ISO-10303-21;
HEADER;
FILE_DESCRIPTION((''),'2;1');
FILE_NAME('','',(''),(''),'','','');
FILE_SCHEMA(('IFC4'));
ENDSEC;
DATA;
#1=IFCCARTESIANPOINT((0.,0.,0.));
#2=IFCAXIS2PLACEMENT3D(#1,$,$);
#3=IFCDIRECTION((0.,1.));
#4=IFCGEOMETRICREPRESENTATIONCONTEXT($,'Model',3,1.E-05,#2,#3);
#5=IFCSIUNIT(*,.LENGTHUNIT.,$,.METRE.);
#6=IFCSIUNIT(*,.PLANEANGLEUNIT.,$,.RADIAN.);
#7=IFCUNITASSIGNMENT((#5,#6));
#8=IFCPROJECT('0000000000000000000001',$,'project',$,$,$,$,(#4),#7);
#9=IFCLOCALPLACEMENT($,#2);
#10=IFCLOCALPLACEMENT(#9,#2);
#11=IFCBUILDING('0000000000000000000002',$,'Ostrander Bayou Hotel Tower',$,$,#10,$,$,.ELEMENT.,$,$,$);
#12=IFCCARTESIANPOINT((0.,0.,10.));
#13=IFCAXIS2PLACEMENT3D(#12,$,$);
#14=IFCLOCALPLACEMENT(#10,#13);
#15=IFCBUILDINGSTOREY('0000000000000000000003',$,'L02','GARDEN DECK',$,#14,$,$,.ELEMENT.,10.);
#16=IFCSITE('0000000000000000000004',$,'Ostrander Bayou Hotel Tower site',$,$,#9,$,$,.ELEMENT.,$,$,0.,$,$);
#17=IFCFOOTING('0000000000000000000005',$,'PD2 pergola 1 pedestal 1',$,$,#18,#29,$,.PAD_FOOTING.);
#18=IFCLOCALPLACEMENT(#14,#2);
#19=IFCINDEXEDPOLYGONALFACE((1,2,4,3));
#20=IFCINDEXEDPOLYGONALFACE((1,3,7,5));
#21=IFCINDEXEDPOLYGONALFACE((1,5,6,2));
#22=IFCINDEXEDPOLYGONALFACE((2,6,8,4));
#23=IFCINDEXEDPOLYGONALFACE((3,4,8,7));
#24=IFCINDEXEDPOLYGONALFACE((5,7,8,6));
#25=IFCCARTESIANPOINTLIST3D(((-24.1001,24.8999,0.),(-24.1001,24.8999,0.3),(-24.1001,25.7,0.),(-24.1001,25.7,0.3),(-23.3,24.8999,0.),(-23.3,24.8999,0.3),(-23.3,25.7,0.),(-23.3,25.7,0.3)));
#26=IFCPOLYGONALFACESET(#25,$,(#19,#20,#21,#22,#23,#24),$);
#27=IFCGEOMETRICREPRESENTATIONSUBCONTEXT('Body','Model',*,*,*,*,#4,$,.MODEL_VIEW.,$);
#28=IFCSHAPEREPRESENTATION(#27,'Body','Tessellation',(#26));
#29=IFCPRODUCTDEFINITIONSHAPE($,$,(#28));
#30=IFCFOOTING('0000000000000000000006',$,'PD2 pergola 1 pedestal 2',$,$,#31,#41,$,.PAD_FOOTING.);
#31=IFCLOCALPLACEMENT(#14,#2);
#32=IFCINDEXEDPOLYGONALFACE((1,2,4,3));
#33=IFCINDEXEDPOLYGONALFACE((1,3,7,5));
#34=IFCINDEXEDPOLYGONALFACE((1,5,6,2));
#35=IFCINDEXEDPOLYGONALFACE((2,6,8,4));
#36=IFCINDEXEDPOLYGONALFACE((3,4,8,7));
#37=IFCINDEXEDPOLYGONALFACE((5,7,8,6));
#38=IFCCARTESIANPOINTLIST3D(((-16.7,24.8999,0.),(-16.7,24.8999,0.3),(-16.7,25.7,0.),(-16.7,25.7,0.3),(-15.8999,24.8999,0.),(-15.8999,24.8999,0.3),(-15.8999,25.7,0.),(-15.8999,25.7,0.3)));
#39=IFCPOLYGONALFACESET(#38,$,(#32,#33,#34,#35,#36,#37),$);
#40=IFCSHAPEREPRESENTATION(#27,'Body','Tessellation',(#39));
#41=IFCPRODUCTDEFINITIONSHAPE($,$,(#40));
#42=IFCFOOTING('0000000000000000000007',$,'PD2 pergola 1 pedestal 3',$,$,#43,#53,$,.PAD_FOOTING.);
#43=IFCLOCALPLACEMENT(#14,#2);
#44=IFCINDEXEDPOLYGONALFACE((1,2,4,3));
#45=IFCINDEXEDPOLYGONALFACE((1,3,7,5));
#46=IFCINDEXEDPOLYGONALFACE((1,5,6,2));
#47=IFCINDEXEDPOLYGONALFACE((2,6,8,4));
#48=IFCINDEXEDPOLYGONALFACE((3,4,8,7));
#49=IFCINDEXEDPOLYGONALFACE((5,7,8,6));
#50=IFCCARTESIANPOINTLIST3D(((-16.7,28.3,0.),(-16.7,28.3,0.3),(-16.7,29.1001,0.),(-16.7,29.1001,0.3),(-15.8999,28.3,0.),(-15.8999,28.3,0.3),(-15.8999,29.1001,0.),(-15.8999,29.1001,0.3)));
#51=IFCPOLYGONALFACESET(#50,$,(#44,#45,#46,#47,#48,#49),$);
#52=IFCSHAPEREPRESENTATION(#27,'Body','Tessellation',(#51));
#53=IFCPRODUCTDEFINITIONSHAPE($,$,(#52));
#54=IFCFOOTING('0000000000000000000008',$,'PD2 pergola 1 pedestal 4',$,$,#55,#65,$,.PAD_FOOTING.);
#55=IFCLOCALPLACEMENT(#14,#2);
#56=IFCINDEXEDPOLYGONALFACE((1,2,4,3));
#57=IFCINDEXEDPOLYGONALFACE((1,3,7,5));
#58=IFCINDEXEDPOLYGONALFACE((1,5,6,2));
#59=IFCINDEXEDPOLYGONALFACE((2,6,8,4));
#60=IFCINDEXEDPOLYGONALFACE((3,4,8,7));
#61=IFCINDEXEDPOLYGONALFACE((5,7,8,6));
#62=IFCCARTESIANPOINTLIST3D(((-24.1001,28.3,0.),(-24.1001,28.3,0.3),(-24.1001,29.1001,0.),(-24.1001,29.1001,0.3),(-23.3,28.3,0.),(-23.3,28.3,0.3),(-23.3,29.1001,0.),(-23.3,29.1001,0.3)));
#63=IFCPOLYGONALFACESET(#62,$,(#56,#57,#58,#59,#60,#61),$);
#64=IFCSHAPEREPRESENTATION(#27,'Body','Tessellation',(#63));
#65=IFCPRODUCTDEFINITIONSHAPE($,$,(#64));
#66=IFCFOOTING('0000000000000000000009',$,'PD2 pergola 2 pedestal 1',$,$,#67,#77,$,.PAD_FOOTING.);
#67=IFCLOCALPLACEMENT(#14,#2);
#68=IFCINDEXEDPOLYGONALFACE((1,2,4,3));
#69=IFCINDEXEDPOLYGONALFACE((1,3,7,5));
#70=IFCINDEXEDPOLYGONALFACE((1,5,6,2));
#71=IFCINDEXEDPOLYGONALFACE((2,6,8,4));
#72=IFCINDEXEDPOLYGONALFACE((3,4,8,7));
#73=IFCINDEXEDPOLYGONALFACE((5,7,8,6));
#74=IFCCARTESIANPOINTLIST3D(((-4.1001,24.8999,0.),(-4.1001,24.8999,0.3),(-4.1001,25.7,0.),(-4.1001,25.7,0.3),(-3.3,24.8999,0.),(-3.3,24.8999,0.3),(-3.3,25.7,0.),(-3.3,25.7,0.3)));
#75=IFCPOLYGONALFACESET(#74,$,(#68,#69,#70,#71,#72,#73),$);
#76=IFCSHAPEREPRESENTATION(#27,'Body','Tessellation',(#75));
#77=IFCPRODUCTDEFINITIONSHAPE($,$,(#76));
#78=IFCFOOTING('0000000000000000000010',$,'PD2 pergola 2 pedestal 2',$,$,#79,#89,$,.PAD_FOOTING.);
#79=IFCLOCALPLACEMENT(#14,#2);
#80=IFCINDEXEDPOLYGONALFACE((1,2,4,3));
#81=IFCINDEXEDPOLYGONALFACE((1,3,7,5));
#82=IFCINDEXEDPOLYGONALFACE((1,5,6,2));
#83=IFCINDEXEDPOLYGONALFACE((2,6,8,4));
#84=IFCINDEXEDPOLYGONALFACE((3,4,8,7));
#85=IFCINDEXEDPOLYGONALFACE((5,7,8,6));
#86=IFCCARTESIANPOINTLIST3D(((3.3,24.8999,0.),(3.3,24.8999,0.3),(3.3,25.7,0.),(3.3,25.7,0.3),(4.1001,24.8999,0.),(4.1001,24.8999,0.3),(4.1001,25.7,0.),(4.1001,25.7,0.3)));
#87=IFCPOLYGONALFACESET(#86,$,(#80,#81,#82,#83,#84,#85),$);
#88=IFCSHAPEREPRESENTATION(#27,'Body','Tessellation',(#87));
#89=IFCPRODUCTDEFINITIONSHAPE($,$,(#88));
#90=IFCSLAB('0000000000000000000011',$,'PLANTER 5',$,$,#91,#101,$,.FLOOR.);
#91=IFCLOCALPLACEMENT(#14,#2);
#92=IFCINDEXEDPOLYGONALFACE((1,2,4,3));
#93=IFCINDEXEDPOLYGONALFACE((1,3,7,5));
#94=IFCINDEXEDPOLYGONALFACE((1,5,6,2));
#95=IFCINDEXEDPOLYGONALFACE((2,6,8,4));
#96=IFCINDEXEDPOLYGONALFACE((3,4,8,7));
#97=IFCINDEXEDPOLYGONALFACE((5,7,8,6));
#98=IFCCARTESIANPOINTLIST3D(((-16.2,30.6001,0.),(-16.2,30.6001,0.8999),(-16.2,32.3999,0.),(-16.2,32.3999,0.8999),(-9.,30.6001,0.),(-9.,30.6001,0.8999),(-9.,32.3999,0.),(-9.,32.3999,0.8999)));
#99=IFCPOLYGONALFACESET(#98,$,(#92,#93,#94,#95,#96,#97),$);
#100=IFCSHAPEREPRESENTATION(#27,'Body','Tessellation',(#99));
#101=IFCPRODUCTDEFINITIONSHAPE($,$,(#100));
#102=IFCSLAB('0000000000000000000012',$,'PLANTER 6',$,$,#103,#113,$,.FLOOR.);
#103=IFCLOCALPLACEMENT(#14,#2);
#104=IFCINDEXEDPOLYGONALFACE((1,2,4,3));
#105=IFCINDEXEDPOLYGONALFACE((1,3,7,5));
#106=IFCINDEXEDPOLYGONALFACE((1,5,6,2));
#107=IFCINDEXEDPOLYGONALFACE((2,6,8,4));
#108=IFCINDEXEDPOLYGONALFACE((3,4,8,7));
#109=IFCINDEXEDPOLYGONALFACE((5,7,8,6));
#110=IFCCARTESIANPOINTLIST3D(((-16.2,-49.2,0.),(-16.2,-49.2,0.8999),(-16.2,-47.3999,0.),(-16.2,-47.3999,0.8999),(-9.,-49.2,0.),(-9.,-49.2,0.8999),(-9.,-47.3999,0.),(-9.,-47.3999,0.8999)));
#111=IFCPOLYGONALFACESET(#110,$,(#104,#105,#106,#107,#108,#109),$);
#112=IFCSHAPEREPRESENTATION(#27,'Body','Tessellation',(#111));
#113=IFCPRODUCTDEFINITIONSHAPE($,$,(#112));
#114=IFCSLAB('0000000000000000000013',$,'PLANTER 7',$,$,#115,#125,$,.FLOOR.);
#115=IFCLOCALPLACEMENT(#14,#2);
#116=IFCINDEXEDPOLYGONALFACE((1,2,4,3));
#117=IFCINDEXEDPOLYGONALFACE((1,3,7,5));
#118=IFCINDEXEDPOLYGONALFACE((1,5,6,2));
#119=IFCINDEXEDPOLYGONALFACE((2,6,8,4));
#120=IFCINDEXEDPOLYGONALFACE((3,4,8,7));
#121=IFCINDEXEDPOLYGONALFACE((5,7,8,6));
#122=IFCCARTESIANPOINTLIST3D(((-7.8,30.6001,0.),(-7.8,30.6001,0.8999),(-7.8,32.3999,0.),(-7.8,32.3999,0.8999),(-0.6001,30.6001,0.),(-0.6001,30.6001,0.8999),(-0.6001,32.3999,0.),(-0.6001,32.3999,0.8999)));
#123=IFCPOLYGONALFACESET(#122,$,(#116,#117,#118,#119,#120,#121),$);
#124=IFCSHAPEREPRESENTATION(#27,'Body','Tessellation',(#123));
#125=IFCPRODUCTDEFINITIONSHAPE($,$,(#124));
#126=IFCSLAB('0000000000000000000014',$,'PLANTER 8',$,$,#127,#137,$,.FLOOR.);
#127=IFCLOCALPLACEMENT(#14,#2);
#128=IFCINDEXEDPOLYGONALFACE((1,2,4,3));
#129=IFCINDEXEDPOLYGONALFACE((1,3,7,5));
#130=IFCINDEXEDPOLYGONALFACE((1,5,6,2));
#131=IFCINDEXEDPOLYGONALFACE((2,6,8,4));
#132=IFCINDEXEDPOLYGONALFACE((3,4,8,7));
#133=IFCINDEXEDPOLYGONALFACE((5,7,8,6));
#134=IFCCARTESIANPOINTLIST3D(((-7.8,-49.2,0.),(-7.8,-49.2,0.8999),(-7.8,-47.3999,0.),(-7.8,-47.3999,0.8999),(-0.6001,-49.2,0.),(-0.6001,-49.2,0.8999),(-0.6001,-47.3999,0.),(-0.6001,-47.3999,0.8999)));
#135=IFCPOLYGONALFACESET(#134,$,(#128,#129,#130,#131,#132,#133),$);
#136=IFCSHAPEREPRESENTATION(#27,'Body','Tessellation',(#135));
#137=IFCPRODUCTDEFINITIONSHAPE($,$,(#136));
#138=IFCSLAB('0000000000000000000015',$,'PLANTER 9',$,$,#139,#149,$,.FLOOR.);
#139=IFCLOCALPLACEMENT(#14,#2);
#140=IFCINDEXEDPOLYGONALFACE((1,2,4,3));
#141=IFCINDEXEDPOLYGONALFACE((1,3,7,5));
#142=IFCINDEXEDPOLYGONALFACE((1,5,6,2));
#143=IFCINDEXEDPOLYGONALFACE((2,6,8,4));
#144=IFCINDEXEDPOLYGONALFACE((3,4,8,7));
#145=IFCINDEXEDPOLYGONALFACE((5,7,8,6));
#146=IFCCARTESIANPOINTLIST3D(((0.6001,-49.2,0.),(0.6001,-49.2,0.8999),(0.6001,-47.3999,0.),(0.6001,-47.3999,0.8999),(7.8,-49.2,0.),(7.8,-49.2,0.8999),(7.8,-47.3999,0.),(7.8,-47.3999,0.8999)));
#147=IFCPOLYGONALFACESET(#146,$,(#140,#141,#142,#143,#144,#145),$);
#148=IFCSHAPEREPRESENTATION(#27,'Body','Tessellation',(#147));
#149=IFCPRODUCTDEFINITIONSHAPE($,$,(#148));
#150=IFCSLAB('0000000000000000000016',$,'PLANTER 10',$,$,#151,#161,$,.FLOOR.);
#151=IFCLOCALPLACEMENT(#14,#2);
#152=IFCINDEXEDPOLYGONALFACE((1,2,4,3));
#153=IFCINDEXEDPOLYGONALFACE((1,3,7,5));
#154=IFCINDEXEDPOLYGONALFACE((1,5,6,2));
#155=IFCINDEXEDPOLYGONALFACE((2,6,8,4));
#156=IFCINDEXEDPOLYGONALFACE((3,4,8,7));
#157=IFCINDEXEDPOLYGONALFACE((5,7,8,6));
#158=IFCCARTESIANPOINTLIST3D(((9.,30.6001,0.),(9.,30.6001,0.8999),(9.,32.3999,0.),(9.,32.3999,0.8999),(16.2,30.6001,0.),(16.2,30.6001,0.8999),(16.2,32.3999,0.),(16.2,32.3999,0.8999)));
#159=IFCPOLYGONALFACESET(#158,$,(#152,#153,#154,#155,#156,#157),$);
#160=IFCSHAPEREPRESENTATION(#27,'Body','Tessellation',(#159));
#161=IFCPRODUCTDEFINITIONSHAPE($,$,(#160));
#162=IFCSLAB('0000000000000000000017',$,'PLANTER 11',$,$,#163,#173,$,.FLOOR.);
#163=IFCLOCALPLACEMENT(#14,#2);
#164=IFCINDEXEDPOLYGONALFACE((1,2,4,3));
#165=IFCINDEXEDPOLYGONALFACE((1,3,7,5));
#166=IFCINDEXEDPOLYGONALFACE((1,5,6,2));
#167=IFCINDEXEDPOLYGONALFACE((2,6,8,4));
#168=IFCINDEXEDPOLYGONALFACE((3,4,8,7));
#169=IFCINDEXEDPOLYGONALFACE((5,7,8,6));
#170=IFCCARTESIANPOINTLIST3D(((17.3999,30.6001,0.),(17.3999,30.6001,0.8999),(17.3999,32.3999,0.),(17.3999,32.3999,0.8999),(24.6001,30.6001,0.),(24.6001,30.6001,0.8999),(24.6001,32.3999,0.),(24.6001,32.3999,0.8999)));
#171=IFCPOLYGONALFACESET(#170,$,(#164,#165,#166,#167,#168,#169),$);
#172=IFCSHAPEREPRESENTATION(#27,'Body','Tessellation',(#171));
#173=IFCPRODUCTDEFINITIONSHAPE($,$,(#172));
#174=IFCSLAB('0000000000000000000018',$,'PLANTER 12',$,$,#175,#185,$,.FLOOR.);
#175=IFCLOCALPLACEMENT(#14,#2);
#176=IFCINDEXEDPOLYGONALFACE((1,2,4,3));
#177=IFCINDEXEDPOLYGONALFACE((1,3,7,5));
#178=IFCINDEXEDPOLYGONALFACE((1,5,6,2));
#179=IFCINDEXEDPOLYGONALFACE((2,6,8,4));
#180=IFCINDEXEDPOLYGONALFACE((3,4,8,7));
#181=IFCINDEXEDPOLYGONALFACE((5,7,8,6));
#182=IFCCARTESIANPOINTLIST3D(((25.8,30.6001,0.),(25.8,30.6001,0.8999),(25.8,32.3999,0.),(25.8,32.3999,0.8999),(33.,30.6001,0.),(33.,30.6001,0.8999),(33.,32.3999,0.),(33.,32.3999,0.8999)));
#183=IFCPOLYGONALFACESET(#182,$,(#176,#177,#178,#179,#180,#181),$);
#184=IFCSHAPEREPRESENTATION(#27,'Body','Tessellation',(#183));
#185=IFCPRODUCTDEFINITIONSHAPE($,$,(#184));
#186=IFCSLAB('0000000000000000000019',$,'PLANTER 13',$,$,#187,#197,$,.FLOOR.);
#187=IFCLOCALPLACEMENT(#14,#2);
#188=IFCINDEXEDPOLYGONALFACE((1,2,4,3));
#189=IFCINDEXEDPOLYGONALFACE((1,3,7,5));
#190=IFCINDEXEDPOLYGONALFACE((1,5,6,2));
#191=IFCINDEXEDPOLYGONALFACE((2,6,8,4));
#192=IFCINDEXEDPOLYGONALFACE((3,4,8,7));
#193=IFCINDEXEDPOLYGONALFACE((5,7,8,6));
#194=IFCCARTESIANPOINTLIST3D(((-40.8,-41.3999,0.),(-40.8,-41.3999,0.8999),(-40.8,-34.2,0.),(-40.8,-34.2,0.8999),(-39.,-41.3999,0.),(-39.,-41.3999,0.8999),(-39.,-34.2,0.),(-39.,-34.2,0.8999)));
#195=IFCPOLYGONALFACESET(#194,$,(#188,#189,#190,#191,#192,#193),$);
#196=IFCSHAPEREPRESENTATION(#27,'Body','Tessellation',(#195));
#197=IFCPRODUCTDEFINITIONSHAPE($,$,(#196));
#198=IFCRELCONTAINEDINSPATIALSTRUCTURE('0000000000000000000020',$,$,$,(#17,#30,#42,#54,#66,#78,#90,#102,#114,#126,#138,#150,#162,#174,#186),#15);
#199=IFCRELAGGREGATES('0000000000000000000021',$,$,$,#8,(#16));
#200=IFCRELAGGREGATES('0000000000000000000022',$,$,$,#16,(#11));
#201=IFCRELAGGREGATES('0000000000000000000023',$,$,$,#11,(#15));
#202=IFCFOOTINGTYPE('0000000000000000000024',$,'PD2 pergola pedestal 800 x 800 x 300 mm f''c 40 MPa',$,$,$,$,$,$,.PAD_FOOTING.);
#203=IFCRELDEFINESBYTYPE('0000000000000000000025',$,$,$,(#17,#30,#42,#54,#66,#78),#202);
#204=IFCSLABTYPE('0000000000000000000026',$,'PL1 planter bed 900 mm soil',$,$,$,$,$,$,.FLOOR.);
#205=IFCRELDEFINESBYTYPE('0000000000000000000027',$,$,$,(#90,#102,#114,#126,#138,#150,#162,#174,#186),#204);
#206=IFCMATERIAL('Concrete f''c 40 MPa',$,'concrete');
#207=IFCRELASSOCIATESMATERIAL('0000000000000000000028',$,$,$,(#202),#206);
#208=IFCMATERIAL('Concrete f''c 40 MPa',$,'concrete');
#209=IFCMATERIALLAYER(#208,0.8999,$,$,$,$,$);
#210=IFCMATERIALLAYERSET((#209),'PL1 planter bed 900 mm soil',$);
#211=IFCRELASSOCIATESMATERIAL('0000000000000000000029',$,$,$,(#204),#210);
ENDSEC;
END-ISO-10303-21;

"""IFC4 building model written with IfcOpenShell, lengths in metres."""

from ifc_helpers import new_model, si_unit, direction, frame, origin, place, context, subcontext, project, spatial, polyline, outline, extrude, material, layer, layer_set, type_object, element, save


model = new_model("IFC4")

# Units and contexts
model_context = context("Model", 3, precision=1e-05, world=origin(), true_north=direction((0.0, 1.0)))
body_context = subcontext(model_context, "Body", "Model", "MODEL_VIEW")
ifc_project = project(units=[si_unit("LENGTHUNIT", "METRE"), si_unit("PLANEANGLEUNIT", "RADIAN")], contexts=[model_context])

# Site, building, storey
site_placement = place(None, origin())
site = spatial("IfcSite", under=ifc_project, at=site_placement, Name="Ostrander Bayou Hotel Tower site", CompositionType="ELEMENT", RefElevation=0.0)
building_placement = place(site_placement, origin())
building = spatial("IfcBuilding", under=site, at=building_placement, Name="Ostrander Bayou Hotel Tower", CompositionType="ELEMENT")
storey_placement = place(building_placement, frame((0.0, 0.0, 10.0)))
storey = spatial("IfcBuildingStorey", under=building, at=storey_placement, Name="L02", Description="GARDEN DECK", CompositionType="ELEMENT", Elevation=10.0)

# Footings
ifc_material_1 = material(Name="Concrete f'c 40 MPa", Category="concrete")
footing_type = type_object("IfcFootingType", Name="PD2 pergola pedestal 800 x 800 x 300 mm f'c 40 MPa", PredefinedType="PAD_FOOTING", material=ifc_material_1)
footing_1_placement = place(storey_placement, origin())
element("IfcFooting", 1, at=footing_1_placement, inside=storey, type_object=footing_type, Name="PD2 pergola 1 pedestal 1", PredefinedType="PAD_FOOTING", context=body_context, shape_type="SweptSolid", body=[
    extrude(outline(polyline([(-23.3, 24.8999), (-23.3, 25.7), (-24.1001, 25.7), (-24.1001, 24.8999), (-23.3, 24.8999)])), origin(), (0.0, 0.0, 1.0), 0.3),
])
footing_2_placement = place(storey_placement, origin())
element("IfcFooting", 2, at=footing_2_placement, inside=storey, type_object=footing_type, Name="PD2 pergola 1 pedestal 2", PredefinedType="PAD_FOOTING", context=body_context, shape_type="SweptSolid", body=[
    extrude(outline(polyline([(-15.8999, 24.8999), (-15.8999, 25.7), (-16.7, 25.7), (-16.7, 24.8999), (-15.8999, 24.8999)])), origin(), (0.0, 0.0, 1.0), 0.3),
])
footing_3_placement = place(storey_placement, origin())
element("IfcFooting", 3, at=footing_3_placement, inside=storey, type_object=footing_type, Name="PD2 pergola 1 pedestal 3", PredefinedType="PAD_FOOTING", context=body_context, shape_type="SweptSolid", body=[
    extrude(outline(polyline([(-15.8999, 28.3), (-15.8999, 29.1001), (-16.7, 29.1001), (-16.7, 28.3), (-15.8999, 28.3)])), origin(), (0.0, 0.0, 1.0), 0.3),
])
footing_4_placement = place(storey_placement, origin())
element("IfcFooting", 4, at=footing_4_placement, inside=storey, type_object=footing_type, Name="PD2 pergola 1 pedestal 4", PredefinedType="PAD_FOOTING", context=body_context, shape_type="SweptSolid", body=[
    extrude(outline(polyline([(-23.3, 28.3), (-23.3, 29.1001), (-24.1001, 29.1001), (-24.1001, 28.3), (-23.3, 28.3)])), origin(), (0.0, 0.0, 1.0), 0.3),
])
footing_5_placement = place(storey_placement, origin())
element("IfcFooting", 5, at=footing_5_placement, inside=storey, type_object=footing_type, Name="PD2 pergola 2 pedestal 1", PredefinedType="PAD_FOOTING", context=body_context, shape_type="SweptSolid", body=[
    extrude(outline(polyline([(-3.3, 24.8999), (-3.3, 25.7), (-4.1001, 25.7), (-4.1001, 24.8999), (-3.3, 24.8999)])), origin(), (0.0, 0.0, 1.0), 0.3),
])
footing_6_placement = place(storey_placement, origin())
element("IfcFooting", 6, at=footing_6_placement, inside=storey, type_object=footing_type, Name="PD2 pergola 2 pedestal 2", PredefinedType="PAD_FOOTING", context=body_context, shape_type="SweptSolid", body=[
    extrude(outline(polyline([(4.1001, 24.8999), (4.1001, 25.7), (3.3, 25.7), (3.3, 24.8999), (4.1001, 24.8999)])), origin(), (0.0, 0.0, 1.0), 0.3),
])

# Slabs
ifc_material_2 = material(Name="Concrete f'c 40 MPa", Category="concrete")
ifc_layer = layer(ifc_material_2, 0.8999)
ifc_layer_set = layer_set([ifc_layer], Name="PL1 planter bed 900 mm soil")
slab_type = type_object("IfcSlabType", Name="PL1 planter bed 900 mm soil", PredefinedType="FLOOR", material=ifc_layer_set)
slab_1_placement = place(storey_placement, origin())
element("IfcSlab", 7, at=slab_1_placement, inside=storey, type_object=slab_type, Name="PLANTER 5", PredefinedType="FLOOR", context=body_context, shape_type="SweptSolid", body=[
    extrude(outline(polyline([(-9.0, 30.6001), (-9.0, 32.3999), (-16.2, 32.3999), (-16.2, 30.6001), (-9.0, 30.6001)])), origin(), (0.0, 0.0, 1.0), 0.8999),
])
slab_2_placement = place(storey_placement, origin())
element("IfcSlab", 8, at=slab_2_placement, inside=storey, type_object=slab_type, Name="PLANTER 6", PredefinedType="FLOOR", context=body_context, shape_type="SweptSolid", body=[
    extrude(outline(polyline([(-9.0, -49.2), (-9.0, -47.3999), (-16.2, -47.3999), (-16.2, -49.2), (-9.0, -49.2)])), origin(), (0.0, 0.0, 1.0), 0.8999),
])
slab_3_placement = place(storey_placement, origin())
element("IfcSlab", 9, at=slab_3_placement, inside=storey, type_object=slab_type, Name="PLANTER 7", PredefinedType="FLOOR", context=body_context, shape_type="SweptSolid", body=[
    extrude(outline(polyline([(-0.6001, 30.6001), (-0.6001, 32.3999), (-7.8, 32.3999), (-7.8, 30.6001), (-0.6001, 30.6001)])), origin(), (0.0, 0.0, 1.0), 0.8999),
])
slab_4_placement = place(storey_placement, origin())
element("IfcSlab", 10, at=slab_4_placement, inside=storey, type_object=slab_type, Name="PLANTER 8", PredefinedType="FLOOR", context=body_context, shape_type="SweptSolid", body=[
    extrude(outline(polyline([(-0.6001, -49.2), (-0.6001, -47.3999), (-7.8, -47.3999), (-7.8, -49.2), (-0.6001, -49.2)])), origin(), (0.0, 0.0, 1.0), 0.8999),
])
slab_5_placement = place(storey_placement, origin())
element("IfcSlab", 11, at=slab_5_placement, inside=storey, type_object=slab_type, Name="PLANTER 9", PredefinedType="FLOOR", context=body_context, shape_type="SweptSolid", body=[
    extrude(outline(polyline([(7.8, -49.2), (7.8, -47.3999), (0.6001, -47.3999), (0.6001, -49.2), (7.8, -49.2)])), origin(), (0.0, 0.0, 1.0), 0.8999),
])
slab_6_placement = place(storey_placement, origin())
element("IfcSlab", 12, at=slab_6_placement, inside=storey, type_object=slab_type, Name="PLANTER 10", PredefinedType="FLOOR", context=body_context, shape_type="SweptSolid", body=[
    extrude(outline(polyline([(16.2, 30.6001), (16.2, 32.3999), (9.0, 32.3999), (9.0, 30.6001), (16.2, 30.6001)])), origin(), (0.0, 0.0, 1.0), 0.8999),
])
slab_7_placement = place(storey_placement, origin())
element("IfcSlab", 13, at=slab_7_placement, inside=storey, type_object=slab_type, Name="PLANTER 11", PredefinedType="FLOOR", context=body_context, shape_type="SweptSolid", body=[
    extrude(outline(polyline([(24.6001, 30.6001), (24.6001, 32.3999), (17.3999, 32.3999), (17.3999, 30.6001), (24.6001, 30.6001)])), origin(), (0.0, 0.0, 1.0), 0.8999),
])
slab_8_placement = place(storey_placement, origin())
element("IfcSlab", 14, at=slab_8_placement, inside=storey, type_object=slab_type, Name="PLANTER 12", PredefinedType="FLOOR", context=body_context, shape_type="SweptSolid", body=[
    extrude(outline(polyline([(33.0, 30.6001), (33.0, 32.3999), (25.8, 32.3999), (25.8, 30.6001), (33.0, 30.6001)])), origin(), (0.0, 0.0, 1.0), 0.8999),
])
slab_9_placement = place(storey_placement, origin())
element("IfcSlab", 15, at=slab_9_placement, inside=storey, type_object=slab_type, Name="PLANTER 13", PredefinedType="FLOOR", context=body_context, shape_type="SweptSolid", body=[
    extrude(outline(polyline([(-39.0, -41.3999), (-39.0, -34.2), (-40.8, -34.2), (-40.8, -41.3999), (-39.0, -41.3999)])), origin(), (0.0, 0.0, 1.0), 0.8999),
])

save(model, "model.ifc")
